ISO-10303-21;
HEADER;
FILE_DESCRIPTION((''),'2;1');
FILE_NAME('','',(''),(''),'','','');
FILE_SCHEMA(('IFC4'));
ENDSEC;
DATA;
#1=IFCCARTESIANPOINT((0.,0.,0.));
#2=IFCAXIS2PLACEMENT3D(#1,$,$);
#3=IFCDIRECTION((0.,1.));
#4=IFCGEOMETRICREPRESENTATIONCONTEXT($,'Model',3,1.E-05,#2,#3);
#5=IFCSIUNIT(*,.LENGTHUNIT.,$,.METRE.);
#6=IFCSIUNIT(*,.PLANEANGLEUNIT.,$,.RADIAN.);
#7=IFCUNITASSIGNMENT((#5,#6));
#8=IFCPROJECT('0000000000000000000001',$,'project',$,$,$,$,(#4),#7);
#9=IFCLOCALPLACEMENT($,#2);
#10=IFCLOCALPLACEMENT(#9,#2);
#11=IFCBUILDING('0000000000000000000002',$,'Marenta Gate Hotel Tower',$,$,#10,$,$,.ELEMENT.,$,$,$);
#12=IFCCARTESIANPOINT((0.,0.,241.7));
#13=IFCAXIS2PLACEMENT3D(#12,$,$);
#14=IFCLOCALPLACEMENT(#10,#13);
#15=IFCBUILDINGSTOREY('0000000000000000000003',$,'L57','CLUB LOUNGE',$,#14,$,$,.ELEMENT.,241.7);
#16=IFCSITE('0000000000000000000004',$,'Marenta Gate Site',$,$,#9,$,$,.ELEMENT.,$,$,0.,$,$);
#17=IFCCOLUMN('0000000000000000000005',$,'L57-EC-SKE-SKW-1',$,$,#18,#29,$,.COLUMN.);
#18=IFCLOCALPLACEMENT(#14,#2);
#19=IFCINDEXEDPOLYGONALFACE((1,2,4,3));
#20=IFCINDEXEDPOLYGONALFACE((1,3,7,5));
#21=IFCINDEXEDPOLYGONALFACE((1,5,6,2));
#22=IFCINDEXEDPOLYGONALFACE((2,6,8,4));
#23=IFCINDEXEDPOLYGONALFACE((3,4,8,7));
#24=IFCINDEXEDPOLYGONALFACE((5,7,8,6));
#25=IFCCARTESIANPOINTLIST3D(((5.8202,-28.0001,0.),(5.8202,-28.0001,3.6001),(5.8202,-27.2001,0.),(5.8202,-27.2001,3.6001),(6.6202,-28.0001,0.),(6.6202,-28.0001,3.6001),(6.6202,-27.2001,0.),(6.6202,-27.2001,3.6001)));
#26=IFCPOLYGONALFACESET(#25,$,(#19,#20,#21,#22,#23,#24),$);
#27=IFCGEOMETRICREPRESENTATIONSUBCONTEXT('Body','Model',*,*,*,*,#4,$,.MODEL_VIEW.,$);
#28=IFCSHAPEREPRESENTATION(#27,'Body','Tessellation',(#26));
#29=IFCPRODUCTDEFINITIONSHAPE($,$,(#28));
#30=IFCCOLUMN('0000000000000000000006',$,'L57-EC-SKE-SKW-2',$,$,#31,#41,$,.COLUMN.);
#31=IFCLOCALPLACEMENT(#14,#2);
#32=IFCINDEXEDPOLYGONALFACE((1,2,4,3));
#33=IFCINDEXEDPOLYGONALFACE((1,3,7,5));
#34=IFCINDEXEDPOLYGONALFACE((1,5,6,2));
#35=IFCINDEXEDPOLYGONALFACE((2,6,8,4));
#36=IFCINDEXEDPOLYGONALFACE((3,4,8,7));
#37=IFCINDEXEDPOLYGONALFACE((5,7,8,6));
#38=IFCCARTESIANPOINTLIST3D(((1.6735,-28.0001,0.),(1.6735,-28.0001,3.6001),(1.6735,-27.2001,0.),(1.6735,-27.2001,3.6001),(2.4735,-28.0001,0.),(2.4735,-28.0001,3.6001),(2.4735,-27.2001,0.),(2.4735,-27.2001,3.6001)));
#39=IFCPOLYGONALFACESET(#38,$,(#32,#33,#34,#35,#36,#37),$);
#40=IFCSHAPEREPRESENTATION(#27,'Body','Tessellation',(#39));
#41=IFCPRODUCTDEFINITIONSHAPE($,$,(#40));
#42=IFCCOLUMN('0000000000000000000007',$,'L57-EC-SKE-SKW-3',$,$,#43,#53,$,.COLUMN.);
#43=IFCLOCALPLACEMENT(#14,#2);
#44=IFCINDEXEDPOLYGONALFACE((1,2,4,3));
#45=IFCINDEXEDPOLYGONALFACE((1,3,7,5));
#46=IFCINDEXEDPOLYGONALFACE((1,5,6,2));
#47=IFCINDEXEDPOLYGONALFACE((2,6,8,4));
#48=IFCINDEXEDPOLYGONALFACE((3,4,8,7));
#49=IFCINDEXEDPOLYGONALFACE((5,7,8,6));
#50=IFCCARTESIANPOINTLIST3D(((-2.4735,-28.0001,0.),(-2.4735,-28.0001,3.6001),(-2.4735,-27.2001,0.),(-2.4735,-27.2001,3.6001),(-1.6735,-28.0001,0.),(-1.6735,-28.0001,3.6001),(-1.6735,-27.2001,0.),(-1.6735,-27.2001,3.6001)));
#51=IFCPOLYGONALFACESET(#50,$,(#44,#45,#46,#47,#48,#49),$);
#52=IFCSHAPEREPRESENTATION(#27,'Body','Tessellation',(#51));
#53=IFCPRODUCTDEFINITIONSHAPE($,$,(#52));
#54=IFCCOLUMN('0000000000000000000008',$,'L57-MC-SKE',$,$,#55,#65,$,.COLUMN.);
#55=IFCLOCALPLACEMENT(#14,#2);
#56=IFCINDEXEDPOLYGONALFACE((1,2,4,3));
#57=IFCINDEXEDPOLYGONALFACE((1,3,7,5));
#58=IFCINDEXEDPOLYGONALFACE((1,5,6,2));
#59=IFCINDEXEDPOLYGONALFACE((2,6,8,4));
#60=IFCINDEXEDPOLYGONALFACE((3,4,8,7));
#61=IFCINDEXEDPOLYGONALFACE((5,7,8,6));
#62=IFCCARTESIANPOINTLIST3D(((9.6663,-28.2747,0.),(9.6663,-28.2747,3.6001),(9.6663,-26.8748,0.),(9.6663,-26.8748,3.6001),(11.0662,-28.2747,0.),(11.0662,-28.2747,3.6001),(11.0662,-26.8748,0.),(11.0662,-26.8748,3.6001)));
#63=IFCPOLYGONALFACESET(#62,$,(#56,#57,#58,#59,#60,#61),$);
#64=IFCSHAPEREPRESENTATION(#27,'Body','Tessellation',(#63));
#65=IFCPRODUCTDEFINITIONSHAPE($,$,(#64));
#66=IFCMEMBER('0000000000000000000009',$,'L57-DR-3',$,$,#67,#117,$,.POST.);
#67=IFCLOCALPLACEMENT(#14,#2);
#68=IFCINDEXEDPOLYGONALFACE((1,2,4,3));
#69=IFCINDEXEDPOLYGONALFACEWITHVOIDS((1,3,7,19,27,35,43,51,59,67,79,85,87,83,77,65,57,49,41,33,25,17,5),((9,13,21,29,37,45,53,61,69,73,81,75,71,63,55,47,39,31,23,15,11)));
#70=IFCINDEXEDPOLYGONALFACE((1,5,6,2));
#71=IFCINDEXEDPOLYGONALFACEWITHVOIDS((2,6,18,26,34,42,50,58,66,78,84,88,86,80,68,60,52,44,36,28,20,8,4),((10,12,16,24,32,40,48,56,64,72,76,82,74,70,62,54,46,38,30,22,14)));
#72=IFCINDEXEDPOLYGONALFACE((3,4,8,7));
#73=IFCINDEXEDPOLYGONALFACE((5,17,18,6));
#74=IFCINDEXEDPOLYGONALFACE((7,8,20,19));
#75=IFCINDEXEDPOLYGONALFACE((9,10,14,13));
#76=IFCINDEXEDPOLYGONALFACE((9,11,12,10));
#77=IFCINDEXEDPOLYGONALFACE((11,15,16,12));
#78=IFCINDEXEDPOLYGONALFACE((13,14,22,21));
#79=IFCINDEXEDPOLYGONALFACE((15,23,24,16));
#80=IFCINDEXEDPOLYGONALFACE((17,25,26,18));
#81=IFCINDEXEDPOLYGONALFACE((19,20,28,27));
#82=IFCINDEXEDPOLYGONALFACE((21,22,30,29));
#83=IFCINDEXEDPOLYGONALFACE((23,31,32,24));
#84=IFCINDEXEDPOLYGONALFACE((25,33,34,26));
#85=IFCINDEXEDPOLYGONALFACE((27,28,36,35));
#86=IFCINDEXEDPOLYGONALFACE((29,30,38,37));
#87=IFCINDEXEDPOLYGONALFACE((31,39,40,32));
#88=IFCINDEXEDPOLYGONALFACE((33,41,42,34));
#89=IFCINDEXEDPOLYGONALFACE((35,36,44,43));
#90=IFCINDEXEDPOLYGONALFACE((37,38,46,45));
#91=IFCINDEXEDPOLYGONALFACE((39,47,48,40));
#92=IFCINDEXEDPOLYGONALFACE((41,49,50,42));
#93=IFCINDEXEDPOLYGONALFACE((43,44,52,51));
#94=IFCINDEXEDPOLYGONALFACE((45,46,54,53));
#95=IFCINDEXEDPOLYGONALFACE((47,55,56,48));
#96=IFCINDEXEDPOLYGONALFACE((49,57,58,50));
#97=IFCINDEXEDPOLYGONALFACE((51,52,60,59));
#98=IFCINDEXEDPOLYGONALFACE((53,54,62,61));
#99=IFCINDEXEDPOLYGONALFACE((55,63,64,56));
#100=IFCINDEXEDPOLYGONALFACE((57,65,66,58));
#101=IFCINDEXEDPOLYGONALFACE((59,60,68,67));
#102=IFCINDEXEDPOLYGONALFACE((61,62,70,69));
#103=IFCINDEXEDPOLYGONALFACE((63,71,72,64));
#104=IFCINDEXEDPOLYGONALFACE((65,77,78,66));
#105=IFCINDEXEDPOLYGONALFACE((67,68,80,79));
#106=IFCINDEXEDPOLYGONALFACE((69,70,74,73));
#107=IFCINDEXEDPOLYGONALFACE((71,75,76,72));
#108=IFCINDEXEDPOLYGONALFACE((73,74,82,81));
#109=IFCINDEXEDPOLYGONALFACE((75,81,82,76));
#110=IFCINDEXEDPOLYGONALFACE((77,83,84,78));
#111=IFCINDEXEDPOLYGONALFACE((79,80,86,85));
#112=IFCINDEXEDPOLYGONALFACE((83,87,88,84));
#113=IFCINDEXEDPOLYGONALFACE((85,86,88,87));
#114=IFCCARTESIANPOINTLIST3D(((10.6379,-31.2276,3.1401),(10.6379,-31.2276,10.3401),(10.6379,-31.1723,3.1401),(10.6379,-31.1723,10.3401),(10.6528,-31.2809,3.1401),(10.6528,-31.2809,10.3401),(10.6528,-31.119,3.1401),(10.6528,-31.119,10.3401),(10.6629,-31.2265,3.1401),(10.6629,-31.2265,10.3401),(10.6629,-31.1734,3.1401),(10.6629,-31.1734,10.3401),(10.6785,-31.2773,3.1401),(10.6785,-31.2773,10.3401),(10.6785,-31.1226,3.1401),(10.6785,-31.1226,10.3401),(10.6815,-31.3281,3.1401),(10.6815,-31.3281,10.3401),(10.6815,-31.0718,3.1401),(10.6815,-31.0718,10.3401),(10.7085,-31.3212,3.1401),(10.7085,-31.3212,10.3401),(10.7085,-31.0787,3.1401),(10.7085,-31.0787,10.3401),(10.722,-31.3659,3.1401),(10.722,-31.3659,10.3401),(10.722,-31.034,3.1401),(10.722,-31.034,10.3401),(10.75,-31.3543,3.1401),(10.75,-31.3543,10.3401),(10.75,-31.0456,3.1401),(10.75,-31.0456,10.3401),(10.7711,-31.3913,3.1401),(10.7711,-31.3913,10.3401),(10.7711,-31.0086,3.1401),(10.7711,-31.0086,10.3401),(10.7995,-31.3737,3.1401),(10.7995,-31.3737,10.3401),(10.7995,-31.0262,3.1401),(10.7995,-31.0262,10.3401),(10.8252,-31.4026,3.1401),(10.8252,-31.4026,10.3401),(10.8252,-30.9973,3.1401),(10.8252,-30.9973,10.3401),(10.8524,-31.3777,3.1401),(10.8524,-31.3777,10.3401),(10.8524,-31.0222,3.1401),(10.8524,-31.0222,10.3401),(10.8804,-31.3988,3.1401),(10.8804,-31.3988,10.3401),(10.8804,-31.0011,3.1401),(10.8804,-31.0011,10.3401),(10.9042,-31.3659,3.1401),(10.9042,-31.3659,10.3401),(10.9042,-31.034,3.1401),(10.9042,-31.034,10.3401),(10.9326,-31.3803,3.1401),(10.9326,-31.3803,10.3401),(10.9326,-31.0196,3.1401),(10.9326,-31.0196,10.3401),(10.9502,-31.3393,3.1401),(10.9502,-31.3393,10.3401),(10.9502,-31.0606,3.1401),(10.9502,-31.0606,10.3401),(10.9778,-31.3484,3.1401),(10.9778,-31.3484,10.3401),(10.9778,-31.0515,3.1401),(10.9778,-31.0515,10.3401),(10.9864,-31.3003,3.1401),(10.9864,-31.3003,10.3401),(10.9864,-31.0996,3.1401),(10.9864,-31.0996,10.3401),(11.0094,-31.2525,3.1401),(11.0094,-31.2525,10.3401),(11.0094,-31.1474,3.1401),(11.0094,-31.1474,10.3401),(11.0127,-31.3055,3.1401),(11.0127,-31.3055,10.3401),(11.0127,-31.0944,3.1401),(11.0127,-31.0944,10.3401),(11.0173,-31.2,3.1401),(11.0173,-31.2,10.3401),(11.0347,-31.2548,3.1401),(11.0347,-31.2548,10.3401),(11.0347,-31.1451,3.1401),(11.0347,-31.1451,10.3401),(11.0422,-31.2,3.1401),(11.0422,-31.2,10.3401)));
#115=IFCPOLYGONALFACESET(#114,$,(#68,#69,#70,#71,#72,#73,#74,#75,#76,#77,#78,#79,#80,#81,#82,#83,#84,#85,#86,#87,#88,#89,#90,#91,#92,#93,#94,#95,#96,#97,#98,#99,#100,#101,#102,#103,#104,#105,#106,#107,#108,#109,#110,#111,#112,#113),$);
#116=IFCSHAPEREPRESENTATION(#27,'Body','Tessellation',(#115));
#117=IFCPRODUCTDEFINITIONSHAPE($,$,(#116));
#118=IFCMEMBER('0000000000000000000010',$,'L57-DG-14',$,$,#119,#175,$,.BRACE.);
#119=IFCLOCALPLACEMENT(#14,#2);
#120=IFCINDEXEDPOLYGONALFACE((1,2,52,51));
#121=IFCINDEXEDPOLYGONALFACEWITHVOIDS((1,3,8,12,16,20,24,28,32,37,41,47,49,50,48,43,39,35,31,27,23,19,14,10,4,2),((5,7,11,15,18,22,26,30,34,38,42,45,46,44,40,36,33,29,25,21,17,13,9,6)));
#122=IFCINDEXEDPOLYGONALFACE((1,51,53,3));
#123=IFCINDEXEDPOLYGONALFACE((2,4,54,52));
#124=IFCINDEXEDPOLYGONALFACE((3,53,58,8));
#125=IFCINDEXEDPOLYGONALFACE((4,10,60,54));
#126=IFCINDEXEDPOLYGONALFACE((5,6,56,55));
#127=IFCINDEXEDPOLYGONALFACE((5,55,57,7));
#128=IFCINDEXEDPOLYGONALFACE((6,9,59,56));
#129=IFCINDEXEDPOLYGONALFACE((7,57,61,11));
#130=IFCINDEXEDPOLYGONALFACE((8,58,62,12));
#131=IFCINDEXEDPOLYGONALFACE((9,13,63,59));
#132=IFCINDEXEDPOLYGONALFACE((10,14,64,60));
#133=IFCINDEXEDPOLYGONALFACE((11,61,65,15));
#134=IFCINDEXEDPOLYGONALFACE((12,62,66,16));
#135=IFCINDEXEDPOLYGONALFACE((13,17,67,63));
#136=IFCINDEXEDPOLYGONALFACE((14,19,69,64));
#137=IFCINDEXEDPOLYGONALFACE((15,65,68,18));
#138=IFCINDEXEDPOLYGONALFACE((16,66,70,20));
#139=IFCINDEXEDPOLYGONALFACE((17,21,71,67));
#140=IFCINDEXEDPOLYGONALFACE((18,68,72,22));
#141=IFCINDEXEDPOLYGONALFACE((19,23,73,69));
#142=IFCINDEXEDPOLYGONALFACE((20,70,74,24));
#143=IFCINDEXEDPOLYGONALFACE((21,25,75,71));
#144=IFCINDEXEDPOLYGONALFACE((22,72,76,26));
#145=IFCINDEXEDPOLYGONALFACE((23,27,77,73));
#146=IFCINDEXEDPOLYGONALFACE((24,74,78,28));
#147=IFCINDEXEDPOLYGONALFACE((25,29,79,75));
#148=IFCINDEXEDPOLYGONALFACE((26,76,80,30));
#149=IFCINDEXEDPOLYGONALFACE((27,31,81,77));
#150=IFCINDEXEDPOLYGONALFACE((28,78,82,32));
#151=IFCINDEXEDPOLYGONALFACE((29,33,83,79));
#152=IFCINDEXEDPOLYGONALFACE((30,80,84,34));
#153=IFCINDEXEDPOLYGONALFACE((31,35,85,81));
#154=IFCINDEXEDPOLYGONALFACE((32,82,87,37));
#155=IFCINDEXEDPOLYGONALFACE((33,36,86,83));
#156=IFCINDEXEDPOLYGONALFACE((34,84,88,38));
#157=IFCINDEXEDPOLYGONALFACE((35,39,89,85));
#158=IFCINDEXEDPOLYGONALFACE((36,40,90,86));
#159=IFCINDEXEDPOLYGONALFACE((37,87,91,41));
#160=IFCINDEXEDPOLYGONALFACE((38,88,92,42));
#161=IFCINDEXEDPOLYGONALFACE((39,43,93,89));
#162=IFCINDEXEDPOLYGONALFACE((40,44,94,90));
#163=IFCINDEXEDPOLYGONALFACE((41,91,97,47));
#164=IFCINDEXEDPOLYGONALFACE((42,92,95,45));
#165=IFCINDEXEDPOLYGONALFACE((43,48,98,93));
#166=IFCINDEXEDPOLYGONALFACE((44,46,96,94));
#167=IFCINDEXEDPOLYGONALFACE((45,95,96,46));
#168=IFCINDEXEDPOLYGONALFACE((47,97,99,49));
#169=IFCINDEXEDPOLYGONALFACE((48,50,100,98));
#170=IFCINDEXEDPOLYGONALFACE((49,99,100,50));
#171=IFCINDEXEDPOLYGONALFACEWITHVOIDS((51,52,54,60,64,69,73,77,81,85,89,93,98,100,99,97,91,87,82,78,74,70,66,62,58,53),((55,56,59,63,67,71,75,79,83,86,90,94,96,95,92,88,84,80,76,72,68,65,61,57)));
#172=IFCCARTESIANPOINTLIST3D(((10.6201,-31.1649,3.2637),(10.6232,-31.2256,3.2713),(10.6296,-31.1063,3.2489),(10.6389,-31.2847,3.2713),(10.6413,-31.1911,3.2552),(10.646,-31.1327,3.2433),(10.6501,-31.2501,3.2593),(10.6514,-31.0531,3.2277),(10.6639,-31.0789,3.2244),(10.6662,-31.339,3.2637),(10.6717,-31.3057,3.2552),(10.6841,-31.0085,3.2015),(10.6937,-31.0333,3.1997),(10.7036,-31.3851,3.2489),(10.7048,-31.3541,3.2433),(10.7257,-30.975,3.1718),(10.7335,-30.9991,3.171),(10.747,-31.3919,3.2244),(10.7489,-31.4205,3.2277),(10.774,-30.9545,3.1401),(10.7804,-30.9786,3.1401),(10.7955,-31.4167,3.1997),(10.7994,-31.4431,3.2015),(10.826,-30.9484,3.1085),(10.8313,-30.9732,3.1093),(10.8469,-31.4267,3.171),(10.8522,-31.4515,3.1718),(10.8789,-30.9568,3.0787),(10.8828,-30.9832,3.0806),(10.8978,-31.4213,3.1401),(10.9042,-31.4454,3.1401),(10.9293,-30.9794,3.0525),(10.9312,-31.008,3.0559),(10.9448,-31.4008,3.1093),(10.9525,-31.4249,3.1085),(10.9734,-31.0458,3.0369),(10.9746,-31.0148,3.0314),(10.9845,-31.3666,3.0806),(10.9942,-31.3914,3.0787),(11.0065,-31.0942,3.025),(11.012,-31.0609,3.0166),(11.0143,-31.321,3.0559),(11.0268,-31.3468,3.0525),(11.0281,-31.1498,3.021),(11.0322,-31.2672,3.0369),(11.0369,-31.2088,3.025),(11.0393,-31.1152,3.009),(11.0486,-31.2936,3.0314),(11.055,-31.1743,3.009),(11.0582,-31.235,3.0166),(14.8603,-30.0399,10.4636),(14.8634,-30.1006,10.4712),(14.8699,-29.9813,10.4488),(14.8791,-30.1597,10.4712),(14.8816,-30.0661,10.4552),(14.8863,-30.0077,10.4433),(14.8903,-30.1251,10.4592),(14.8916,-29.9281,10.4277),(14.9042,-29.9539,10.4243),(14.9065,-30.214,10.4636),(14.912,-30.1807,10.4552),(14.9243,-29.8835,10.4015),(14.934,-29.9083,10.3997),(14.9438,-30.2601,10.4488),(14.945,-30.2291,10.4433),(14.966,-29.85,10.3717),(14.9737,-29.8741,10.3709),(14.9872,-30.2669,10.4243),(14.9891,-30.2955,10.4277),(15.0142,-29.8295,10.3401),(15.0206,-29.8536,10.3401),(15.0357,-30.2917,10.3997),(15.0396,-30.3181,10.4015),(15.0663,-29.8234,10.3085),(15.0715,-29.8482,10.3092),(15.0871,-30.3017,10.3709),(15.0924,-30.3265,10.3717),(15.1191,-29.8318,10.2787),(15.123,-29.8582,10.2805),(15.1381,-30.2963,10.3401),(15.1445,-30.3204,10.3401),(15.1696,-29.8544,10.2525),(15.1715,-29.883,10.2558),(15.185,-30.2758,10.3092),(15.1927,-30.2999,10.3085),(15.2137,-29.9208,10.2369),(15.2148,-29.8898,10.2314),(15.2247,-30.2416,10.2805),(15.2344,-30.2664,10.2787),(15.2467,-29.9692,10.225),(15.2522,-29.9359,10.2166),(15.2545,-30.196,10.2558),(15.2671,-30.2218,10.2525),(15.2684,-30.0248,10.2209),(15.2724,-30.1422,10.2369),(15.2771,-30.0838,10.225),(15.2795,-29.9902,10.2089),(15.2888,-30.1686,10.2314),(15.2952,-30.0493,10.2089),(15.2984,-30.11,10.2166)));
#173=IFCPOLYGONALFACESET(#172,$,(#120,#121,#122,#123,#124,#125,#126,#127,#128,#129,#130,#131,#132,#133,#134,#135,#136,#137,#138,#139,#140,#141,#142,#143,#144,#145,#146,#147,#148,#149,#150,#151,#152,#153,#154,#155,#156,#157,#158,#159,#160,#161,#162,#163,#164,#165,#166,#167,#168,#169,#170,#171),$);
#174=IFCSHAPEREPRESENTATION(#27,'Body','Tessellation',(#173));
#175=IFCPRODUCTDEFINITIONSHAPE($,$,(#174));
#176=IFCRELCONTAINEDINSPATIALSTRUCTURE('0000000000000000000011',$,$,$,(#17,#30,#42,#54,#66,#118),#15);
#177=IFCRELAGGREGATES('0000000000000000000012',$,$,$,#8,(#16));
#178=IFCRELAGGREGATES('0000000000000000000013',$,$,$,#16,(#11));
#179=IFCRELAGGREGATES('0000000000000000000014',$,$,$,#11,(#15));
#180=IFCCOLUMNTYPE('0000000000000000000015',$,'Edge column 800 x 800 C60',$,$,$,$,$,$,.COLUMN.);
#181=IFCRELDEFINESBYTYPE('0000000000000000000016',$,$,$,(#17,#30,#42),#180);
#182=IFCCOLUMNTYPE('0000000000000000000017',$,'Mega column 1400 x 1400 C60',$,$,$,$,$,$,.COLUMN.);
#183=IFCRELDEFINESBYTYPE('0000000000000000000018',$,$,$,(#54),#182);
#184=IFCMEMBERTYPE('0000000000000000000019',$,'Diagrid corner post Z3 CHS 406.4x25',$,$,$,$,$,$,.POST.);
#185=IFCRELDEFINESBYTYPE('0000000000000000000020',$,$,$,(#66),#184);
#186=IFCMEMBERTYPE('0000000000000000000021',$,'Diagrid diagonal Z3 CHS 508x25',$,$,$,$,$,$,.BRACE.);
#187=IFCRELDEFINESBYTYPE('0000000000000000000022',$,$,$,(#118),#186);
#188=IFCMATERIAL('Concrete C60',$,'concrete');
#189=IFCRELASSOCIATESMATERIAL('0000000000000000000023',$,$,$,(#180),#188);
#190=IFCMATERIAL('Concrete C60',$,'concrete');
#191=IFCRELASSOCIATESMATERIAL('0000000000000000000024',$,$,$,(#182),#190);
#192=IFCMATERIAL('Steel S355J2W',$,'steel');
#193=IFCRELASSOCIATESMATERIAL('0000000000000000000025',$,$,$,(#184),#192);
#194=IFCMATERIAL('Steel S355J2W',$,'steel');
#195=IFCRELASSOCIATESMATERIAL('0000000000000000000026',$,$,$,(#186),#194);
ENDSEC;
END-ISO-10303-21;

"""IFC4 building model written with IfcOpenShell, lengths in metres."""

from ifc_helpers import new_model, si_unit, direction, frame, origin, origin_2d, place, context, subcontext, project, spatial, rectangle, hollow_circle, extrude, material, material_profile, profile_set, type_object, element, save


model = new_model("IFC4")

# Units and contexts
model_context = context("Model", 3, precision=1e-05, world=origin(), true_north=direction((0.0, 1.0)))
body_context = subcontext(model_context, "Body", "Model", "MODEL_VIEW")
ifc_project = project(units=[si_unit("LENGTHUNIT", "METRE"), si_unit("PLANEANGLEUNIT", "RADIAN")], contexts=[model_context])

# Site, building, storey
site_placement = place(None, origin())
site = spatial("IfcSite", under=ifc_project, at=site_placement, Name="Marenta Gate Site", CompositionType="ELEMENT", RefElevation=0.0)
building_placement = place(site_placement, origin())
building = spatial("IfcBuilding", under=site, at=building_placement, Name="Marenta Gate Hotel Tower", CompositionType="ELEMENT")
storey_placement = place(building_placement, frame((0.0, 0.0, 241.7)))
storey = spatial("IfcBuildingStorey", under=building, at=storey_placement, Name="L57", Description="CLUB LOUNGE", CompositionType="ELEMENT", Elevation=241.7)

# Columns
ifc_material_1 = material(Name="Concrete C60", Category="concrete")
ifc_material_profile_1 = material_profile(ifc_material_1, rectangle(XDim=0.8, YDim=0.8, at=origin_2d()), Name="800 x 800")
ifc_profile_set_1 = profile_set([ifc_material_profile_1], Name="Concrete C60")
column_type_1 = type_object("IfcColumnType", Name="Edge column 800 x 800 C60", PredefinedType="COLUMN", material=ifc_profile_set_1)
for number, where, z_axis, x_axis, name in (
    (1, (6.2202, -27.6001, 0.0), (0.0, 0.0, 1.0), (1.0, 0.0, 0.0), "L57-EC-SKE-SKW-1"),
    (2, (2.0735, -27.6001, 0.0), (0.0, 0.0, 1.0), (1.0, 0.0, 0.0), "L57-EC-SKE-SKW-2"),
    (3, (-2.0735, -27.6001, 0.0), (0.0, 0.0, 1.0), (1.0, 0.0, 0.0), "L57-EC-SKE-SKW-3"),
):
    element("IfcColumn", number, at=place(storey_placement, frame(where, z_axis=z_axis, x_axis=x_axis)), inside=storey, type_object=column_type_1, Name=name, PredefinedType="COLUMN", context=body_context, shape_type="SweptSolid", body=[
        extrude(rectangle(XDim=0.8, YDim=0.8, at=origin_2d()), origin(), (0.0, 0.0, 1.0), 3.6001),
    ])
ifc_material_2 = material(Name="Concrete C60", Category="concrete")
ifc_material_profile_2 = material_profile(ifc_material_2, rectangle(XDim=1.3999, YDim=1.3999, at=origin_2d()), Name="1400 x 1400")
ifc_profile_set_2 = profile_set([ifc_material_profile_2], Name="Concrete C60")
column_type_2 = type_object("IfcColumnType", Name="Mega column 1400 x 1400 C60", PredefinedType="COLUMN", material=ifc_profile_set_2)
column_placement = place(storey_placement, frame((10.3662, -27.5747, 0.0), z_axis=(0.0, 0.0, 1.0), x_axis=(1.0, 0.0, 0.0)))
element("IfcColumn", 4, at=column_placement, inside=storey, type_object=column_type_2, Name="L57-MC-SKE", PredefinedType="COLUMN", context=body_context, shape_type="SweptSolid", body=[
    extrude(rectangle(XDim=1.3999, YDim=1.3999, at=origin_2d()), origin(), (0.0, 0.0, 1.0), 3.6001),
])

# Members
ifc_material_3 = material(Name="Steel S355J2W", Category="steel")
ifc_material_profile_3 = material_profile(ifc_material_3, hollow_circle(Radius=0.2031, WallThickness=0.0249, at=origin_2d()), Name="CHS 406.4x25")
ifc_profile_set_3 = profile_set([ifc_material_profile_3], Name="Steel S355J2W")
member_type_1 = type_object("IfcMemberType", Name="Diagrid corner post Z3 CHS 406.4x25", PredefinedType="POST", material=ifc_profile_set_3)
member_1_placement = place(storey_placement, frame((10.8391, -31.2, 3.1401), z_axis=(0.0, 0.0, 1.0), x_axis=(1.0, 0.0, 0.0)))
element("IfcMember", 5, at=member_1_placement, inside=storey, type_object=member_type_1, Name="L57-DR-3", PredefinedType="POST", context=body_context, shape_type="SweptSolid", body=[
    extrude(hollow_circle(Radius=0.2031, WallThickness=0.0249, at=origin_2d()), origin(), (0.0, 0.0, 1.0), 7.2),
])
ifc_material_4 = material(Name="Steel S355J2W", Category="steel")
ifc_material_profile_4 = material_profile(ifc_material_4, hollow_circle(Radius=0.2539, WallThickness=0.0249, at=origin_2d()), Name="CHS 508x25")
ifc_profile_set_4 = profile_set([ifc_material_profile_4], Name="Steel S355J2W")
member_type_2 = type_object("IfcMemberType", Name="Diagrid diagonal Z3 CHS 508x25", PredefinedType="BRACE", material=ifc_profile_set_4)
member_2_placement = place(storey_placement, frame((10.8391, -31.2, 3.1401), z_axis=(0.502924, 0.133434, 0.853969), x_axis=(-0.256443, 0.966559, 0.0)))
element("IfcMember", 6, at=member_2_placement, inside=storey, type_object=member_type_2, Name="L57-DG-14", PredefinedType="BRACE", context=body_context, shape_type="SweptSolid", body=[
    extrude(hollow_circle(Radius=0.2539, WallThickness=0.0249, at=origin_2d()), origin(), (0.0, 0.0, 1.0), 8.4312),
])

save(model, "model.ifc")
